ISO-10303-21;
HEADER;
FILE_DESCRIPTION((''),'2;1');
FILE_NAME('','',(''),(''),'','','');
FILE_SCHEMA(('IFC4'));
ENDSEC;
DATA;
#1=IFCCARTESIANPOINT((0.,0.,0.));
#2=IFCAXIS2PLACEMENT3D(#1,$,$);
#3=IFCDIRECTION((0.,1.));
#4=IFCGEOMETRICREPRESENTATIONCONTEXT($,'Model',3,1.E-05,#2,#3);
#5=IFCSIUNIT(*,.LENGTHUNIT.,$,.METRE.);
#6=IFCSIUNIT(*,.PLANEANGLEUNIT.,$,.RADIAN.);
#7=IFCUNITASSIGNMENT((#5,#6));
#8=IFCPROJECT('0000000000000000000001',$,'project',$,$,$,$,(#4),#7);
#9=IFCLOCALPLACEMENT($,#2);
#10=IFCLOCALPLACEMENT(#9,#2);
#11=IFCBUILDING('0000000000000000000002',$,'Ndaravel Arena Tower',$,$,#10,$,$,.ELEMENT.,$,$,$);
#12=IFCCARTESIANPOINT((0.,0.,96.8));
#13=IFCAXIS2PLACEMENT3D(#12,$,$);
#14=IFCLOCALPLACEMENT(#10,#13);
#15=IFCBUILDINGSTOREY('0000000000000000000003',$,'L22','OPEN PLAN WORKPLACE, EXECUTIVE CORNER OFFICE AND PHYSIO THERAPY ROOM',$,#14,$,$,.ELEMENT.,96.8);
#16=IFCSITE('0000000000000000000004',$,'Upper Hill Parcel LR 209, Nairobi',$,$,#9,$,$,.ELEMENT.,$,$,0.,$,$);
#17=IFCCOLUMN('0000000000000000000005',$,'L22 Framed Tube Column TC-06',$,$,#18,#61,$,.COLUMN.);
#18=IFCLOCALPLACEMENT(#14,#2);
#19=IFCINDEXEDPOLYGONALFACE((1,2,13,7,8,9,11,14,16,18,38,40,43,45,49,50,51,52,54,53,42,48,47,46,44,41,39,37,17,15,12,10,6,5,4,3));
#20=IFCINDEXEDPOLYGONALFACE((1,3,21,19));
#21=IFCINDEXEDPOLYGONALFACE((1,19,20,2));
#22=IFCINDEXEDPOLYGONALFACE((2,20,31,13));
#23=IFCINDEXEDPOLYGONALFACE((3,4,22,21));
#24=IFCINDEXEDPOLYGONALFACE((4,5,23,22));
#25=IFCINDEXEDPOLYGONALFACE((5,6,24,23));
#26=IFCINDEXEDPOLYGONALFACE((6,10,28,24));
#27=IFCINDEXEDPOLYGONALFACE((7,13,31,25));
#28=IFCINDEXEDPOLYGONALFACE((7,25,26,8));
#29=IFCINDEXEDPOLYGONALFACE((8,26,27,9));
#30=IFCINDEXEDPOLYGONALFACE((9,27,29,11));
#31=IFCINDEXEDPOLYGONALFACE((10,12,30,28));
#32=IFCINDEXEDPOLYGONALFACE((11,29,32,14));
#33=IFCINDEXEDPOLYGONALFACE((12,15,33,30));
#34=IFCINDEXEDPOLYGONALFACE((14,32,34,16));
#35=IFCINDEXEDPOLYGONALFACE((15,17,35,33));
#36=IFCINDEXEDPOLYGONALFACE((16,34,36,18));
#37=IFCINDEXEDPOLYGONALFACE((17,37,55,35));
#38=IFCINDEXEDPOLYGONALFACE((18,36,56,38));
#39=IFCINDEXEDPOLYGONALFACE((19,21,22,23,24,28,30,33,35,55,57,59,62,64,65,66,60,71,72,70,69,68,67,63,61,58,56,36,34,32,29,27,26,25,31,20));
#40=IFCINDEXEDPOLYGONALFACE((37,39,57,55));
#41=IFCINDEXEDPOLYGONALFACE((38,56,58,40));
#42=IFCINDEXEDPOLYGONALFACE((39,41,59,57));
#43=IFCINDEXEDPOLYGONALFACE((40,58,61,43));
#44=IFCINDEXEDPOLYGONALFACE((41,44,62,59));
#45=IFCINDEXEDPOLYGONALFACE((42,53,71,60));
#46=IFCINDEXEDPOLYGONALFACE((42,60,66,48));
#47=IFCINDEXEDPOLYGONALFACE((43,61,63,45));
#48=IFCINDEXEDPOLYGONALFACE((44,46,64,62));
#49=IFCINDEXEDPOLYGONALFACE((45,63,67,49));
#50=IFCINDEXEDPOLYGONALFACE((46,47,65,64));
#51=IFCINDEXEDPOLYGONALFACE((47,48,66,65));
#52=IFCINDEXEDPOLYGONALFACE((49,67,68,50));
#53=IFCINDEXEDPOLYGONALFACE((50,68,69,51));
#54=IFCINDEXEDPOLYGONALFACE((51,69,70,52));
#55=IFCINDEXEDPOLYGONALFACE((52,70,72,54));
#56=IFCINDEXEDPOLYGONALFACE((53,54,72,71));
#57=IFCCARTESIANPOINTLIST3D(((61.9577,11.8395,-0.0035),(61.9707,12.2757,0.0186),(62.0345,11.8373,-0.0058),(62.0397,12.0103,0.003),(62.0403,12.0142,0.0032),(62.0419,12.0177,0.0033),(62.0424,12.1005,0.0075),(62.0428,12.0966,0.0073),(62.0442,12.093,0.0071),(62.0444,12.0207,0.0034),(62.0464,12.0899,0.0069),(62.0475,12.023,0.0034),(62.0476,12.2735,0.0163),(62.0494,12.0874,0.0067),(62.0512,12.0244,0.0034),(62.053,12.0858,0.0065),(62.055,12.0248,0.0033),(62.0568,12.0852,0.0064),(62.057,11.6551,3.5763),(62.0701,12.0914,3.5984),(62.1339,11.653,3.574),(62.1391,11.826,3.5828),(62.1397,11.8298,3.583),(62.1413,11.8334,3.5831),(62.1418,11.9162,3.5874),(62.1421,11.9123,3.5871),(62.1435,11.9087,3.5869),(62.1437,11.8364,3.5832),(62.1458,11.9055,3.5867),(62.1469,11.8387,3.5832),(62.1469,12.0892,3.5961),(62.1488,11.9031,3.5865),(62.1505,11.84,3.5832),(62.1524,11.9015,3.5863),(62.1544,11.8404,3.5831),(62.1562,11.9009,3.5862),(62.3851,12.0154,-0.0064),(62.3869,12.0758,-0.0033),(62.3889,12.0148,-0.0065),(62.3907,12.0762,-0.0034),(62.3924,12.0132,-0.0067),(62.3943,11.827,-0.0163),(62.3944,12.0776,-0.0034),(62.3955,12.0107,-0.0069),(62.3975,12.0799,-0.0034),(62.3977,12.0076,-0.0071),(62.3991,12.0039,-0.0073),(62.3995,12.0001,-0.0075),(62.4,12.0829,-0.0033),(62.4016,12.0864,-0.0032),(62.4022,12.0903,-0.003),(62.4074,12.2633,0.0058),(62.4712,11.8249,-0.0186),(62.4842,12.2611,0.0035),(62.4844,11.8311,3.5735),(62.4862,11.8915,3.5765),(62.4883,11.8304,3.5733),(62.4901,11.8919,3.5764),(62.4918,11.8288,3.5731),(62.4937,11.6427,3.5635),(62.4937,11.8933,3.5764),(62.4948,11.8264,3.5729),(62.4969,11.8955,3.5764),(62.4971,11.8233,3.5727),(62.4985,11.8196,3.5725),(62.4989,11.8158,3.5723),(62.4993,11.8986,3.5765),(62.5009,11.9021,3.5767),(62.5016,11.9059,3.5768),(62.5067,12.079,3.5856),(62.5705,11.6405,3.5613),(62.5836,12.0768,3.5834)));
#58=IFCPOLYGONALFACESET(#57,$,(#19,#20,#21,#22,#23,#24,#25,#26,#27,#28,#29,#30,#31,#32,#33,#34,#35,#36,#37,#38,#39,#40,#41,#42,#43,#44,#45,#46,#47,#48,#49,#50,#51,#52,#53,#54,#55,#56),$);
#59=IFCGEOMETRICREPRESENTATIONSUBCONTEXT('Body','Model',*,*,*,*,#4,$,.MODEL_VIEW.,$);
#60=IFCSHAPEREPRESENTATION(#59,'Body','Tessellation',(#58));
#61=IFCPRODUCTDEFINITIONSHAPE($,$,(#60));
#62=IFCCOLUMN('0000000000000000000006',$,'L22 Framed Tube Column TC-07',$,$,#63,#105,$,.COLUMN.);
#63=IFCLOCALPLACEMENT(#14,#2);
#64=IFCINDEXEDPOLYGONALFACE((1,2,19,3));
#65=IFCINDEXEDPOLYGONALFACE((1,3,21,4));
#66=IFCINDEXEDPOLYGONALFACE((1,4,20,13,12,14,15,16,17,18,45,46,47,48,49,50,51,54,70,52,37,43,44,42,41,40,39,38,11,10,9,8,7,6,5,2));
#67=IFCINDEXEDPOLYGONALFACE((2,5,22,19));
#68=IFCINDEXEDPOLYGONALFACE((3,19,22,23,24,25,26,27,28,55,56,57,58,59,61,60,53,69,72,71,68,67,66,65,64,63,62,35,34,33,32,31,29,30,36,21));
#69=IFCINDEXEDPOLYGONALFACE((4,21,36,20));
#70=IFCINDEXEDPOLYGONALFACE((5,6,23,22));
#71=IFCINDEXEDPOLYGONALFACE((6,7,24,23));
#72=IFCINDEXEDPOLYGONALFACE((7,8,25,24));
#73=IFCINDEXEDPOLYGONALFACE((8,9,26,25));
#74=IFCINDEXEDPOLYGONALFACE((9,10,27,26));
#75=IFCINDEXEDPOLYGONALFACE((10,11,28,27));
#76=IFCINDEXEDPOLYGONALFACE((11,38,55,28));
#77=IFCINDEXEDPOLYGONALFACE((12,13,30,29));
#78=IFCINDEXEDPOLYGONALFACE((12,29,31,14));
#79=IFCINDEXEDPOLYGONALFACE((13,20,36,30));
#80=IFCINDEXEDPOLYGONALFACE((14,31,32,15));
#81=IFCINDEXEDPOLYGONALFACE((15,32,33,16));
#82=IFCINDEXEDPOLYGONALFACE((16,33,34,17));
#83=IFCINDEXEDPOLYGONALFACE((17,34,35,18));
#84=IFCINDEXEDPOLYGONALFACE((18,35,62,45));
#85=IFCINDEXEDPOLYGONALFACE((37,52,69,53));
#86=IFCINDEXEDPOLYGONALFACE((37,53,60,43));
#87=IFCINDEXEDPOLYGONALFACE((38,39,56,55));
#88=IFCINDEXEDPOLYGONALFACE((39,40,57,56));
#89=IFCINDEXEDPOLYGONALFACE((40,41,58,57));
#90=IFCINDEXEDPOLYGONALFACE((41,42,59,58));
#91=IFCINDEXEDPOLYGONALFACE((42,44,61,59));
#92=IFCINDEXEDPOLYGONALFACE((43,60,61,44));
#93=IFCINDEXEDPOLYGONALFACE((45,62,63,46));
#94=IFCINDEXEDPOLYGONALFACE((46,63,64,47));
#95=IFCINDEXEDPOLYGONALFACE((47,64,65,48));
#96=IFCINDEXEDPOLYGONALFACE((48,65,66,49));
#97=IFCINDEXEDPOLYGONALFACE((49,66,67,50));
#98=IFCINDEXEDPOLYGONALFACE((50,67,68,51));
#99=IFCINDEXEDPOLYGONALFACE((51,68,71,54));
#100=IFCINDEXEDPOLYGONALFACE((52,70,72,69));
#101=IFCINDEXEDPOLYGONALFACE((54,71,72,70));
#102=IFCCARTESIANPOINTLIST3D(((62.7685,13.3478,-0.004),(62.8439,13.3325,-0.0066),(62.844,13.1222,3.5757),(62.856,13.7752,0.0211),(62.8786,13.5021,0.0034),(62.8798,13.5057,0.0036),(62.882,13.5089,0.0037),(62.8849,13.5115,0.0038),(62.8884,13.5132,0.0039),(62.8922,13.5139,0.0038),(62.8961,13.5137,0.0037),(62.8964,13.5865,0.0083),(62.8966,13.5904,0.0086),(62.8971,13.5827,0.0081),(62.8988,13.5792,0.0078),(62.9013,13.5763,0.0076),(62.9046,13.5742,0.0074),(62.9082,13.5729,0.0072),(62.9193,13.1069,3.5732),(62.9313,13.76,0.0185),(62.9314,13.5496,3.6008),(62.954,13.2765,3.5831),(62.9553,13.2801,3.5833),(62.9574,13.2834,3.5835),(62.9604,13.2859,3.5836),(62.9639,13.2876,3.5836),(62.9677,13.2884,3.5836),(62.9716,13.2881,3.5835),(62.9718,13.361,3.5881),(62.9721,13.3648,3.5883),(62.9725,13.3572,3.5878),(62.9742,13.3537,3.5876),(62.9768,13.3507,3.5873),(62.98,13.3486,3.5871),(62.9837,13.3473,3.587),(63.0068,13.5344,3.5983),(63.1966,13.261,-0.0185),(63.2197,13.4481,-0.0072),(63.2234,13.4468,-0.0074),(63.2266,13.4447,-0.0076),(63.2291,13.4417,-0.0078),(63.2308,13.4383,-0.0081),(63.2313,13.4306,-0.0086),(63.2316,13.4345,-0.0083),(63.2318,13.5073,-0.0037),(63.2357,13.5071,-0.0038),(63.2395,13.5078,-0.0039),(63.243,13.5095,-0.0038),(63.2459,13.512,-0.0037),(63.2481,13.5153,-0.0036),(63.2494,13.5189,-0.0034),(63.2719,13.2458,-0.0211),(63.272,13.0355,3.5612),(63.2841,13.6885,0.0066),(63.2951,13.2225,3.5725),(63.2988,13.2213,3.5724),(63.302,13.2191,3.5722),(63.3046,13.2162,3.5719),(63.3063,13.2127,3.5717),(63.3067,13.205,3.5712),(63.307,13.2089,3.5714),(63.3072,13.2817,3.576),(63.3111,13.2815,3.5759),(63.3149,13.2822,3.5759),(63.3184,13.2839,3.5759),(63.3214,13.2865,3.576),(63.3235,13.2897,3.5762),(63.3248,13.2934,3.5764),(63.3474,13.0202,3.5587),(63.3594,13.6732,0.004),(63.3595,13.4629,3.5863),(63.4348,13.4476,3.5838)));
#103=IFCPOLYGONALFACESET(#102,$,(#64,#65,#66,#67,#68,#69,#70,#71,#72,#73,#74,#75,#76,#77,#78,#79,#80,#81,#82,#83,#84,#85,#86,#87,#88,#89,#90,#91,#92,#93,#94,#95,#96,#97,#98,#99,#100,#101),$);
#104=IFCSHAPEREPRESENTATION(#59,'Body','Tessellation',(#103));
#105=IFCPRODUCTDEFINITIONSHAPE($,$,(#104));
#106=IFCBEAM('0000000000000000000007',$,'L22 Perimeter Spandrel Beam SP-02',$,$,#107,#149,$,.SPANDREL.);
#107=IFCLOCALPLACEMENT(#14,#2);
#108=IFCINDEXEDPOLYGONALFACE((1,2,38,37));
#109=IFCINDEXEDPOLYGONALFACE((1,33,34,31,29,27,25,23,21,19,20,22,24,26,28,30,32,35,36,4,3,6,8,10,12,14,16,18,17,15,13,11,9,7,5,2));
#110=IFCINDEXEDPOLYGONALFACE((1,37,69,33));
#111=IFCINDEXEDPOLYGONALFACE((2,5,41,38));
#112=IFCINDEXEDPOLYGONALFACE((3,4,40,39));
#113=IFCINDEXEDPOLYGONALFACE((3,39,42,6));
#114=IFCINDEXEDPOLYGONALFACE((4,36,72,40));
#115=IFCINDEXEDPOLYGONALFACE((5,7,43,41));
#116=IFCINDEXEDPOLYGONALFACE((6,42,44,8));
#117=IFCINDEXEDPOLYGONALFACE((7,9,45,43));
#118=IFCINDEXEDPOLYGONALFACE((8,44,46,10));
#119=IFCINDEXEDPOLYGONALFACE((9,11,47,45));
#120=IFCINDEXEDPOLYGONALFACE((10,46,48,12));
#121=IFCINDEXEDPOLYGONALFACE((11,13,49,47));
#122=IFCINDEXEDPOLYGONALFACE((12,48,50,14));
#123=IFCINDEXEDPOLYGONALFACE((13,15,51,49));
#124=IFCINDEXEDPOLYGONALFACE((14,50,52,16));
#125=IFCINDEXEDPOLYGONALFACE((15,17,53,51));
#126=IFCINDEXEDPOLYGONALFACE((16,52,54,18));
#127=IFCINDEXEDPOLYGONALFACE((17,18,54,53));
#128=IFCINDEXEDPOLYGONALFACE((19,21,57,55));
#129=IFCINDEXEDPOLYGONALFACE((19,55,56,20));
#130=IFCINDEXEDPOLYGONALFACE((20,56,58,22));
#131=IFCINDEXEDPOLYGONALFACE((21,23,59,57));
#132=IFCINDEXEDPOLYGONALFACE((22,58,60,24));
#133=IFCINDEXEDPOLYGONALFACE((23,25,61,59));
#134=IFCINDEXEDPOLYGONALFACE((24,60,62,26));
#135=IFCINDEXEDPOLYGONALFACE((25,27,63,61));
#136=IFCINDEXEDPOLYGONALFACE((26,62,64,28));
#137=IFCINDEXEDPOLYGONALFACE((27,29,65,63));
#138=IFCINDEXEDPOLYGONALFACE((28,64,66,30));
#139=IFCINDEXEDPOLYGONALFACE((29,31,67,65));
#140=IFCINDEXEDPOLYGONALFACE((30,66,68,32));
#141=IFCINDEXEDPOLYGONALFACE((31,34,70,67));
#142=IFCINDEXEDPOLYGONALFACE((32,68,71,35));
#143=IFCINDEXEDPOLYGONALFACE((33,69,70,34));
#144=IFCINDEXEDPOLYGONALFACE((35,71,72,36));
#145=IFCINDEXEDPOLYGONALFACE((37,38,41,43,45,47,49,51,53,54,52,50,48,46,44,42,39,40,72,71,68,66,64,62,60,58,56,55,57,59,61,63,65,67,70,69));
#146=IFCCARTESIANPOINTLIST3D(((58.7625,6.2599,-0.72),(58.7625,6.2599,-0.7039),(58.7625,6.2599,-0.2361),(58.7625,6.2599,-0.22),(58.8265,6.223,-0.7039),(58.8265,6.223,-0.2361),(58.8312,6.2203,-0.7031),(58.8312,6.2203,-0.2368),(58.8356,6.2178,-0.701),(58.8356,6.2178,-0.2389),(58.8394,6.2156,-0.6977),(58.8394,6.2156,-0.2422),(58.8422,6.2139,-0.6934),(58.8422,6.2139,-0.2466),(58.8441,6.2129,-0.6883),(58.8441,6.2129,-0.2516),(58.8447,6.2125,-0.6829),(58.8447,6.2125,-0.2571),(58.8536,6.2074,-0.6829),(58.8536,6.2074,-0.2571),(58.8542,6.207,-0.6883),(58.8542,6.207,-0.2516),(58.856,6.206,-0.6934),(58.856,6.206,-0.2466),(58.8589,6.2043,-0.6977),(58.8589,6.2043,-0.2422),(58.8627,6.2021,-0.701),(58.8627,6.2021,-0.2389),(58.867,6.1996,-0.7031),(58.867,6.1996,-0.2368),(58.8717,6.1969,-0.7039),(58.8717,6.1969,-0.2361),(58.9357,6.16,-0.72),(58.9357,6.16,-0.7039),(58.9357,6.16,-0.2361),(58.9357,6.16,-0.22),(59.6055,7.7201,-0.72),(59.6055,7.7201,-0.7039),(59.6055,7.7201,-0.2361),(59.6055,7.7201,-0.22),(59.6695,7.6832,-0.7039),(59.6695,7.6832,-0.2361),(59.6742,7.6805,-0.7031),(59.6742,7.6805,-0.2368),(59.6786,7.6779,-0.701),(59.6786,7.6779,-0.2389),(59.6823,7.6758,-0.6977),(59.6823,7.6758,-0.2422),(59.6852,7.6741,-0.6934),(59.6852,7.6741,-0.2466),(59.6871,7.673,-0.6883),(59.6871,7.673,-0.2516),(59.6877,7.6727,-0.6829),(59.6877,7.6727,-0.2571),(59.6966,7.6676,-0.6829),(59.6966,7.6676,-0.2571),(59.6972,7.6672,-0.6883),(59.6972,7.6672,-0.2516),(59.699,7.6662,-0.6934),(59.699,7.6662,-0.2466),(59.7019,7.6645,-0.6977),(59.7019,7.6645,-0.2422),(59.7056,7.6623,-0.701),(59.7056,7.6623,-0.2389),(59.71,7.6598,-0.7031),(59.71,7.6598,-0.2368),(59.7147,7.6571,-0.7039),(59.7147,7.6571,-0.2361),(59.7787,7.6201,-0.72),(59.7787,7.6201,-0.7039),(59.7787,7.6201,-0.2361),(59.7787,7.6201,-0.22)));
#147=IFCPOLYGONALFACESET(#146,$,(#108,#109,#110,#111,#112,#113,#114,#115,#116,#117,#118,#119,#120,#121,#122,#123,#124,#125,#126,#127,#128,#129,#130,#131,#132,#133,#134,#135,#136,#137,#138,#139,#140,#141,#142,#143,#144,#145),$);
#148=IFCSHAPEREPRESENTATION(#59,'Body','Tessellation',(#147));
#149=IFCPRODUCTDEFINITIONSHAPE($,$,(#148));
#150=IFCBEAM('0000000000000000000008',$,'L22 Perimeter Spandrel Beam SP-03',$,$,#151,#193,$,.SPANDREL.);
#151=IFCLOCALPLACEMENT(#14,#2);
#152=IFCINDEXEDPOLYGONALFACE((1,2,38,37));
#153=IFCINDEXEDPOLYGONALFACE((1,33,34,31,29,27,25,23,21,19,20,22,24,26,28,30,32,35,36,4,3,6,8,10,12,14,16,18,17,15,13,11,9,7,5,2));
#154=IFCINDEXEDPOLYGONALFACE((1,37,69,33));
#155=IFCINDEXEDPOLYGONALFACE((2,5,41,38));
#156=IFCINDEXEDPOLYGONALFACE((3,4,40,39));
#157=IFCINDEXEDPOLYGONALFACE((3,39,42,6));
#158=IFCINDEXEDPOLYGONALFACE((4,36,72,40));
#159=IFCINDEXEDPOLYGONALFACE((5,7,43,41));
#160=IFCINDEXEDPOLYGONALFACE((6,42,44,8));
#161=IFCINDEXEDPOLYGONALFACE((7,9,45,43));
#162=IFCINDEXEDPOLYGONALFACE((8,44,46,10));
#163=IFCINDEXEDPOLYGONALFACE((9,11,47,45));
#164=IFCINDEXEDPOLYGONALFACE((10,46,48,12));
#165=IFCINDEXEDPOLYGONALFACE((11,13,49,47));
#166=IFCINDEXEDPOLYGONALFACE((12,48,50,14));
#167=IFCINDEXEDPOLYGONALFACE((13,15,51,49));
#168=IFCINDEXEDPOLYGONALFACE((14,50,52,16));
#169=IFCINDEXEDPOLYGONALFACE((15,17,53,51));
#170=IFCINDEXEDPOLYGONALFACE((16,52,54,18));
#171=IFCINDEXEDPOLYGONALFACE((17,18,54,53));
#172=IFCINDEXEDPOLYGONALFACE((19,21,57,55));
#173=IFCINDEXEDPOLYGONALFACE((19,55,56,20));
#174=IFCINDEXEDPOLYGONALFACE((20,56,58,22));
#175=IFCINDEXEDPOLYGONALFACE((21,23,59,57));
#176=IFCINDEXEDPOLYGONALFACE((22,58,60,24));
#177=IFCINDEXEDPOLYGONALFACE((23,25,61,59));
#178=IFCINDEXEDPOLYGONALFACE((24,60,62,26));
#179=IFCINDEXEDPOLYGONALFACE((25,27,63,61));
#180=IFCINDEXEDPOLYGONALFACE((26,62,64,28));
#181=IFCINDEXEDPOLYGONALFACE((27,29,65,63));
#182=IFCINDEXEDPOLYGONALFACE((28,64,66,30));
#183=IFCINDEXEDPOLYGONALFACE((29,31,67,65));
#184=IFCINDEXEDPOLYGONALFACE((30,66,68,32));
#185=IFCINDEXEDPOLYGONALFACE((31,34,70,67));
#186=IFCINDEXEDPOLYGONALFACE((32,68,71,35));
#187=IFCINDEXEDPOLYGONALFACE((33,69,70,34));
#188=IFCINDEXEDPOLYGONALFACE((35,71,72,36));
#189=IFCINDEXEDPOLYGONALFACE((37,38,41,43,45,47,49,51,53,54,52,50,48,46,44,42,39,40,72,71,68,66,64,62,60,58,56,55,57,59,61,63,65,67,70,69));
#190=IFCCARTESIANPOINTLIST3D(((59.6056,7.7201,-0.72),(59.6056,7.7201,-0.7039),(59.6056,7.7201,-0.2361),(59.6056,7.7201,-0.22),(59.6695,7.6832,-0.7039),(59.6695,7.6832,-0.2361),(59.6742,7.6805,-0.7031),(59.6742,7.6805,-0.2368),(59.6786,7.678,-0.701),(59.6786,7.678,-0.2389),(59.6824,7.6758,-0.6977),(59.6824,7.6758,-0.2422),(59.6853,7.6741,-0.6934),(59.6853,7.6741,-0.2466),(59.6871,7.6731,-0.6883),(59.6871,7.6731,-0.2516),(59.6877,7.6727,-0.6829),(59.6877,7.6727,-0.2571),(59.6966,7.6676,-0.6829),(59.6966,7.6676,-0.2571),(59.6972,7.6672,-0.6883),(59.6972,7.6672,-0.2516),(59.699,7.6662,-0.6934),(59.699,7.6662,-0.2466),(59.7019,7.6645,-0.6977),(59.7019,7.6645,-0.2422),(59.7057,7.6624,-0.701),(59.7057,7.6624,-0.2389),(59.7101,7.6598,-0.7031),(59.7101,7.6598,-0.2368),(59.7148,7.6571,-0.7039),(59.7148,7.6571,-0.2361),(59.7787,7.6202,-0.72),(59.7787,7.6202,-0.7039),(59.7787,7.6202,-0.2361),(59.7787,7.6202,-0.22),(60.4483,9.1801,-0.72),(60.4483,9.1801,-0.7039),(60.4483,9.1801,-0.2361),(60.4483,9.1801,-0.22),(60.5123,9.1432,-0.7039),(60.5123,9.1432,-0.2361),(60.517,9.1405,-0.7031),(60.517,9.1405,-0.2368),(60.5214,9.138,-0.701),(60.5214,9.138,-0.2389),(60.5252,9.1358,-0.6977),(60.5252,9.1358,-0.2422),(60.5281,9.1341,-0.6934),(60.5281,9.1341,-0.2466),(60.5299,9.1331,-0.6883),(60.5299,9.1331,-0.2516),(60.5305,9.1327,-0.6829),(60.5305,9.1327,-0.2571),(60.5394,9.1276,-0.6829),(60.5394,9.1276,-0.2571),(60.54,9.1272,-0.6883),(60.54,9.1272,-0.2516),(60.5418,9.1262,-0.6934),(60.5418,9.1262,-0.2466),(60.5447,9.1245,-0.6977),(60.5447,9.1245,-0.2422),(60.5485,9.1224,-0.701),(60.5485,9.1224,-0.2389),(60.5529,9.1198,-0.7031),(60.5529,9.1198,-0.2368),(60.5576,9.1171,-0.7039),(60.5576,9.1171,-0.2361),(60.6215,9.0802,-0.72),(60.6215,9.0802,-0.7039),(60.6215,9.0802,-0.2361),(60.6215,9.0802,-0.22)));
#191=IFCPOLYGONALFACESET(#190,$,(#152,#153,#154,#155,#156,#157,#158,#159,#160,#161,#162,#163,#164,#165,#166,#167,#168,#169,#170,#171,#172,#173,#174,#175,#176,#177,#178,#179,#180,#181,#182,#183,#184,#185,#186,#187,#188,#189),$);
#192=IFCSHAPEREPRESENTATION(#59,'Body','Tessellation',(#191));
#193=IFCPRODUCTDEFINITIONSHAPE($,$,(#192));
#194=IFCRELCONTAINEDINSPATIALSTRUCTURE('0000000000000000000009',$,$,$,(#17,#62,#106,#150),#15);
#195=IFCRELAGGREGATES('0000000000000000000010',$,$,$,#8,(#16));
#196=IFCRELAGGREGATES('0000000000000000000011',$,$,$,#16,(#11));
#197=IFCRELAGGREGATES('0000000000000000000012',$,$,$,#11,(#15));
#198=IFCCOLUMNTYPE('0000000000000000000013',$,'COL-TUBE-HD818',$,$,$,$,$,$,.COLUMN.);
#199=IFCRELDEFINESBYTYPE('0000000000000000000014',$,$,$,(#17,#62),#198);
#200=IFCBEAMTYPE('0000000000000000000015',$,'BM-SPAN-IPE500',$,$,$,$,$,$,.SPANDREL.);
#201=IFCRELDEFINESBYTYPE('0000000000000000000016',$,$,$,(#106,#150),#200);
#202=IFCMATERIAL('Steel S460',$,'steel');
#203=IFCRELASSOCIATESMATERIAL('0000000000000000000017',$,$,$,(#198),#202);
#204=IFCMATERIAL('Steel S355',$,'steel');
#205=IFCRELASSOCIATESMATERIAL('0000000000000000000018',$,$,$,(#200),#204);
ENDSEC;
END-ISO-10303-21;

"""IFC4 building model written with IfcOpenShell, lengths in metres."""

from ifc_helpers import new_model, si_unit, direction, frame, origin, origin_2d, place, context, subcontext, project, spatial, i_section, extrude, material, material_profile, profile_set, type_object, element, save


model = new_model("IFC4")

# Units and contexts
model_context = context("Model", 3, precision=1e-05, world=origin(), true_north=direction((0.0, 1.0)))
body_context = subcontext(model_context, "Body", "Model", "MODEL_VIEW")
ifc_project = project(units=[si_unit("LENGTHUNIT", "METRE"), si_unit("PLANEANGLEUNIT", "RADIAN")], contexts=[model_context])

# Site, building, storey
site_placement = place(None, origin())
site = spatial("IfcSite", under=ifc_project, at=site_placement, Name="Upper Hill Parcel LR 209, Nairobi", CompositionType="ELEMENT", RefElevation=0.0)
building_placement = place(site_placement, origin())
building = spatial("IfcBuilding", under=site, at=building_placement, Name="Ndaravel Arena Tower", CompositionType="ELEMENT")
storey_placement = place(building_placement, frame((0.0, 0.0, 96.8)))
storey = spatial("IfcBuildingStorey", under=building, at=storey_placement, Name="L22", Description="OPEN PLAN WORKPLACE, EXECUTIVE CORNER OFFICE AND PHYSIO THERAPY ROOM", CompositionType="ELEMENT", Elevation=96.8)

# Columns
ifc_material_1 = material(Name="Steel S460", Category="steel")
ifc_material_profile_1 = material_profile(ifc_material_1, i_section(OverallWidth=0.437, OverallDepth=0.5139, WebThickness=0.0605, FlangeThickness=0.0769, FilletRadius=0.0149, at=origin_2d()), Name="HD 400x818")
ifc_profile_set_1 = profile_set([ifc_material_profile_1], Name="Steel S460")
column_type = type_object("IfcColumnType", Name="COL-TUBE-HD818", PredefinedType="COLUMN", material=ifc_profile_set_1)
column_1_placement = place(storey_placement, frame((62.2209, 12.0503, 0.0), z_axis=(0.02771, -0.051402, 0.998294), x_axis=(0.029881, 0.998273, 0.050572)))
element("IfcColumn", 1, at=column_1_placement, inside=storey, type_object=column_type, Name="L22 Framed Tube Column TC-06", PredefinedType="COLUMN", context=body_context, shape_type="SweptSolid", body=[
    extrude(i_section(OverallWidth=0.437, OverallDepth=0.5139, WebThickness=0.0605, FlangeThickness=0.0769, FilletRadius=0.0149, at=origin_2d()), origin(), (0.0, 0.0, 1.0), 3.5859),
])
column_2_placement = place(storey_placement, frame((63.064, 13.5105, 0.0), z_axis=(0.021027, -0.062877, 0.9978), x_axis=(0.200131, 0.978085, 0.057417)))
element("IfcColumn", 2, at=column_2_placement, inside=storey, type_object=column_type, Name="L22 Framed Tube Column TC-07", PredefinedType="COLUMN", context=body_context, shape_type="SweptSolid", body=[
    extrude(i_section(OverallWidth=0.437, OverallDepth=0.5139, WebThickness=0.0605, FlangeThickness=0.0769, FilletRadius=0.0149, at=origin_2d()), origin(), (0.0, 0.0, 1.0), 3.5876),
])

# Beams
ifc_material_2 = material(Name="Steel S355", Category="steel")
ifc_material_profile_2 = material_profile(ifc_material_2, i_section(OverallWidth=0.2, OverallDepth=0.5, WebThickness=0.0103, FlangeThickness=0.0161, FilletRadius=0.021, at=origin_2d()), Name="IPE 500")
ifc_profile_set_2 = profile_set([ifc_material_profile_2], Name="Steel S355")
beam_type = type_object("IfcBeamType", Name="BM-SPAN-IPE500", PredefinedType="SPANDREL", material=ifc_profile_set_2)
beam_1_placement = place(storey_placement, frame((58.8491, 6.21, -0.47), z_axis=(0.499986, 0.866034, 0.0), x_axis=(-0.866034, 0.499986, 0.0)))
element("IfcBeam", 3, at=beam_1_placement, inside=storey, type_object=beam_type, Name="L22 Perimeter Spandrel Beam SP-02", PredefinedType="SPANDREL", context=body_context, shape_type="SweptSolid", body=[
    extrude(i_section(OverallWidth=0.2, OverallDepth=0.5, WebThickness=0.0103, FlangeThickness=0.0161, FilletRadius=0.021, at=origin_2d()), origin(), (0.0, 0.0, 1.0), 1.686),
])
beam_2_placement = place(storey_placement, frame((59.6921, 7.6702, -0.47), z_axis=(0.49994, 0.86606, 0.0), x_axis=(-0.86606, 0.49994, 0.0)))
element("IfcBeam", 4, at=beam_2_placement, inside=storey, type_object=beam_type, Name="L22 Perimeter Spandrel Beam SP-03", PredefinedType="SPANDREL", context=body_context, shape_type="SweptSolid", body=[
    extrude(i_section(OverallWidth=0.2, OverallDepth=0.5, WebThickness=0.0103, FlangeThickness=0.0161, FilletRadius=0.021, at=origin_2d()), origin(), (0.0, 0.0, 1.0), 1.6858),
])

save(model, "model.ifc")
